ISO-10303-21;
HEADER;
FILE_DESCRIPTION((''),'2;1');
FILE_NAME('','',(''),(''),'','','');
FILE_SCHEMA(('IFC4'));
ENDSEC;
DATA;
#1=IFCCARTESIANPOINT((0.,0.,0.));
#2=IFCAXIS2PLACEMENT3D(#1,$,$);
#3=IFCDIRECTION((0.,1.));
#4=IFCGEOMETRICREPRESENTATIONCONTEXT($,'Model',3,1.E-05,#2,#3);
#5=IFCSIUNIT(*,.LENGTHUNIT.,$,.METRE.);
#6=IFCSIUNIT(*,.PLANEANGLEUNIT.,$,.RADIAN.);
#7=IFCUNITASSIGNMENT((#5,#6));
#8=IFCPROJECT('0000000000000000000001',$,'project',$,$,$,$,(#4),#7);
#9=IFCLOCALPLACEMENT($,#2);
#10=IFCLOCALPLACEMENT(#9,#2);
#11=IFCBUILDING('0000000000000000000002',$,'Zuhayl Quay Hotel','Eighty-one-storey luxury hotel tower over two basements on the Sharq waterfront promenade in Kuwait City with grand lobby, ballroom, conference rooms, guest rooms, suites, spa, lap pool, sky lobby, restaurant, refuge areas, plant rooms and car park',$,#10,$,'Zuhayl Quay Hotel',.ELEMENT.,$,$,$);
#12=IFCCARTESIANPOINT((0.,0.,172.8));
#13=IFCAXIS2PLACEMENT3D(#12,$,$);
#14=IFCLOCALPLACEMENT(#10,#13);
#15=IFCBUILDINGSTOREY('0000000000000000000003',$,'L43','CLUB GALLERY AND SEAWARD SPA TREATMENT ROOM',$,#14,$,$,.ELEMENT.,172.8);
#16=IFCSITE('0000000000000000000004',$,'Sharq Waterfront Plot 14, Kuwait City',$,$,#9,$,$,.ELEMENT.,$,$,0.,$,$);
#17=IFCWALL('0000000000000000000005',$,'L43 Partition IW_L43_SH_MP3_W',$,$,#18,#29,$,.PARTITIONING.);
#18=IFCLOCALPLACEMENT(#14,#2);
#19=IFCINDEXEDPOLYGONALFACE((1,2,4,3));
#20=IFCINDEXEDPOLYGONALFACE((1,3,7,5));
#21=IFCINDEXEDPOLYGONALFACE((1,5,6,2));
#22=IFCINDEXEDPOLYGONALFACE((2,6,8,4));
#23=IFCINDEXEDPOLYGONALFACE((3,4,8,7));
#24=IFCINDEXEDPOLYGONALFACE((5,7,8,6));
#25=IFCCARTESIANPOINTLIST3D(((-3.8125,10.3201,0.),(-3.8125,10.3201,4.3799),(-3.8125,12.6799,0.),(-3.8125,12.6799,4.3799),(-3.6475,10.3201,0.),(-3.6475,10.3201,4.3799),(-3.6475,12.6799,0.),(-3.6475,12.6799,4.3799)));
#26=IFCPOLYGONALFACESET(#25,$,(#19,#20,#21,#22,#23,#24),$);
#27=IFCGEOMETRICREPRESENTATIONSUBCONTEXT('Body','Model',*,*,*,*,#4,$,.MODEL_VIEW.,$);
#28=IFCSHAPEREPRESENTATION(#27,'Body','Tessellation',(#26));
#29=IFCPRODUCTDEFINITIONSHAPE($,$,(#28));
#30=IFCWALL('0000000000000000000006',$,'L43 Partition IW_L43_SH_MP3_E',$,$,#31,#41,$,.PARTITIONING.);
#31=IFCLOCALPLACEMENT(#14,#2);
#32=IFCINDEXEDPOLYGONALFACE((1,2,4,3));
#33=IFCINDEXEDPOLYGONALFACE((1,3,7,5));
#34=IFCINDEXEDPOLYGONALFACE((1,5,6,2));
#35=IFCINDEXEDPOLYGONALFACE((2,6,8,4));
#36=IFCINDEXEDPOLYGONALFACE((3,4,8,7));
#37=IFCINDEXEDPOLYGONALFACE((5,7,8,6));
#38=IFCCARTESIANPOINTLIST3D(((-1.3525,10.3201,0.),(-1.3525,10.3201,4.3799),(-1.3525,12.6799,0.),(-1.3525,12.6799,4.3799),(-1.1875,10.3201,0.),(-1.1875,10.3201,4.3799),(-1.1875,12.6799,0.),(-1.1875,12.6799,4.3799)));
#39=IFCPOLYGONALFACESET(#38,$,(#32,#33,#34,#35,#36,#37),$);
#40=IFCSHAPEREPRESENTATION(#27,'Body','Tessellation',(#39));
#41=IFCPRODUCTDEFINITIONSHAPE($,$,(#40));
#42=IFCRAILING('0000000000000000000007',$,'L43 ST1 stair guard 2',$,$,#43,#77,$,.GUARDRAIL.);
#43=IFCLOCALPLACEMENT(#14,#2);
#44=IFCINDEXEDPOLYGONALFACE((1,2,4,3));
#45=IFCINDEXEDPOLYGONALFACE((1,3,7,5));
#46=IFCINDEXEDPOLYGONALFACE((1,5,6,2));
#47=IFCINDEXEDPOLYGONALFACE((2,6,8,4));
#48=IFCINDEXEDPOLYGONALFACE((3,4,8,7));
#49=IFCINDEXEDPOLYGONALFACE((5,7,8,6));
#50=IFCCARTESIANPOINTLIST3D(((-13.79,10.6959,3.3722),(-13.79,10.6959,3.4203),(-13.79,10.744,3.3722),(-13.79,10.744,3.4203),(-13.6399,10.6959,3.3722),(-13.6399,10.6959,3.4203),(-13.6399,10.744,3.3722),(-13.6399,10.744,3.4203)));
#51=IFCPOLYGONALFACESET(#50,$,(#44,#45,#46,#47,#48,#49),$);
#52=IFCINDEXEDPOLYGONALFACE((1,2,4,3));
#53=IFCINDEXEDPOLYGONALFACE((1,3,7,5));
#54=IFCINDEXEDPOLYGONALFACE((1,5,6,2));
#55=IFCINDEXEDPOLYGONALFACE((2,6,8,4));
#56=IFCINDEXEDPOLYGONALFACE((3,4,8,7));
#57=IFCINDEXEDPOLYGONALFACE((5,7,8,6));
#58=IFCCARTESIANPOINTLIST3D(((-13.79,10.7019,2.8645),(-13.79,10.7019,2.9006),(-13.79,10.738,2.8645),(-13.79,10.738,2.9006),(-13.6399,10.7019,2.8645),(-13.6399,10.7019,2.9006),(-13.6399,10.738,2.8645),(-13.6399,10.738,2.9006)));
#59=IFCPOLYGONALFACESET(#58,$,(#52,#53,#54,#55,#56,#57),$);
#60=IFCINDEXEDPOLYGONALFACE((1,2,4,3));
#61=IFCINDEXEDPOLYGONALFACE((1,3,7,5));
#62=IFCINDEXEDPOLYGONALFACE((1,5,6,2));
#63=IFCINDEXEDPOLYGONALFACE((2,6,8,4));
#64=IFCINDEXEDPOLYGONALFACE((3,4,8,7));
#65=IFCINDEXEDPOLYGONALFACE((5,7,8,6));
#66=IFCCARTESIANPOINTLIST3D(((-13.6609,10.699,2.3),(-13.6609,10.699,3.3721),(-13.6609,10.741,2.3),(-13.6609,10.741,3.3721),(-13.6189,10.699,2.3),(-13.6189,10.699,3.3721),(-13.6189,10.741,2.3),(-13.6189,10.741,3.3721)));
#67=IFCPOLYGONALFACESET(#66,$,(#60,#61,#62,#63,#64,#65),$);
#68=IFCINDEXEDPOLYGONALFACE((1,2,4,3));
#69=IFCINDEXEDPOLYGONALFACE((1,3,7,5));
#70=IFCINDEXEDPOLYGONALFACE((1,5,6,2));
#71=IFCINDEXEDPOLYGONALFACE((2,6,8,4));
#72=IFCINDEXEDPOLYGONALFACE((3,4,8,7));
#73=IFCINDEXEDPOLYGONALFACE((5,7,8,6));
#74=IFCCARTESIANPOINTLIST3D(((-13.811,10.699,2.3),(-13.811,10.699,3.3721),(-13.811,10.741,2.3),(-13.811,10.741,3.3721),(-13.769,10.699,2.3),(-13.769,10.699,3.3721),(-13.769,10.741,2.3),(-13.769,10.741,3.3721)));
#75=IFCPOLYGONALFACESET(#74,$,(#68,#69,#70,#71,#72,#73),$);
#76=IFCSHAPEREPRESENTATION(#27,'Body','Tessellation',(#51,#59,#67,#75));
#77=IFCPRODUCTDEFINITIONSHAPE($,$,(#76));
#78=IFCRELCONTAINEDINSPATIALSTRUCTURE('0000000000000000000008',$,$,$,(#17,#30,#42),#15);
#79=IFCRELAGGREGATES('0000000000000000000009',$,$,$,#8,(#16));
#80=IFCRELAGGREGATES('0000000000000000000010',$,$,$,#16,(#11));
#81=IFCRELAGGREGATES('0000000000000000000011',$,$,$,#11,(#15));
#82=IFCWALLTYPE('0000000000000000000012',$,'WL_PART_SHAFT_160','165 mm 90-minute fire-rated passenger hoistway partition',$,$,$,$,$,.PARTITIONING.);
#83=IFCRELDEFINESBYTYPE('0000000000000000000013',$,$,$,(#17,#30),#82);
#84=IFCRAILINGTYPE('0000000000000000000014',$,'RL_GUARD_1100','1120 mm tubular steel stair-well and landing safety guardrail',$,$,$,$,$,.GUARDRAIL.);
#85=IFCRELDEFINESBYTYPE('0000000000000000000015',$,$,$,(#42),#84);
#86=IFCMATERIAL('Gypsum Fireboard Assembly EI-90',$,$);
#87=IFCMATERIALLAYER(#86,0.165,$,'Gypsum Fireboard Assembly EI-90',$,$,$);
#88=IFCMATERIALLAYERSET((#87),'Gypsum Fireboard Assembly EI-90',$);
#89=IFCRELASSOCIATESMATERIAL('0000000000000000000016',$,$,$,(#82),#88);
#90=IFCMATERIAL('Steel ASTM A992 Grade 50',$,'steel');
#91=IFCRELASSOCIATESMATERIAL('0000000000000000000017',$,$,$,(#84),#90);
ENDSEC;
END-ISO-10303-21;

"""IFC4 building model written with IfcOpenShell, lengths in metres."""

from ifc_helpers import new_model, si_unit, direction, frame, frame_2d, origin, origin_2d, place, context, subcontext, project, spatial, rectangle, extrude, material, layer, layer_set, type_object, element, save


model = new_model("IFC4")

# Units and contexts
model_context = context("Model", 3, precision=1e-05, world=origin(), true_north=direction((0.0, 1.0)))
body_context = subcontext(model_context, "Body", "Model", "MODEL_VIEW")
ifc_project = project(units=[si_unit("LENGTHUNIT", "METRE"), si_unit("PLANEANGLEUNIT", "RADIAN")], contexts=[model_context])

# Site, building, storey
site_placement = place(None, origin())
site = spatial("IfcSite", under=ifc_project, at=site_placement, Name="Sharq Waterfront Plot 14, Kuwait City", CompositionType="ELEMENT", RefElevation=0.0)
building_placement = place(site_placement, origin())
building = spatial("IfcBuilding", under=site, at=building_placement, Name="Zuhayl Quay Hotel", Description="Eighty-one-storey luxury hotel tower over two basements on the Sharq waterfront promenade in Kuwait City with grand lobby, ballroom, conference rooms, guest rooms, suites, spa, lap pool, sky lobby, restaurant, refuge areas, plant rooms and car park", LongName="Zuhayl Quay Hotel", CompositionType="ELEMENT")
storey_placement = place(building_placement, frame((0.0, 0.0, 172.8)))
storey = spatial("IfcBuildingStorey", under=building, at=storey_placement, Name="L43", Description="CLUB GALLERY AND SEAWARD SPA TREATMENT ROOM", CompositionType="ELEMENT", Elevation=172.8)

# Shared definitions
ifc_material_1 = material(Name="Steel ASTM A992 Grade 50", Category="steel")

# Shared definitions
ifc_material_2 = material(Name="Gypsum Fireboard Assembly EI-90")
ifc_layer_1 = layer(ifc_material_2, 0.165, Name="Gypsum Fireboard Assembly EI-90")
ifc_layer_set_1 = layer_set([ifc_layer_1], Name="Gypsum Fireboard Assembly EI-90")
wall_type_1 = type_object("IfcWallType", Name="WL_PART_SHAFT_160", Description="165 mm 90-minute fire-rated passenger hoistway partition", PredefinedType="PARTITIONING", material=ifc_layer_set_1)

# Walls
for number, where, z_axis, x_axis, name in (
    (1, (-3.73, 10.3201, 0.0), (0.0, 0.0, 1.0), (0.0, 1.0, 0.0), "L43 Partition IW_L43_SH_MP3_W"),
    (2, (-1.27, 10.3201, 0.0), (0.0, 0.0, 1.0), (0.0, 1.0, 0.0), "L43 Partition IW_L43_SH_MP3_E"),
):
    element("IfcWall", number, at=place(storey_placement, frame(where, z_axis=z_axis, x_axis=x_axis)), inside=storey, type_object=wall_type_1, Name=name, PredefinedType="PARTITIONING", context=body_context, shape_type="SweptSolid", body=[
        extrude(rectangle(XDim=2.3599, YDim=0.165, at=frame_2d((1.1799, 0.0))), origin(), (0.0, 0.0, 1.0), 4.3799),
    ])

# Railing
railing_type = type_object("IfcRailingType", Name="RL_GUARD_1100", Description="1120 mm tubular steel stair-well and landing safety guardrail", PredefinedType="GUARDRAIL", material=ifc_material_1)
railing_placement = place(storey_placement, frame((-13.6399, 10.72, 2.3)))
element("IfcRailing", 3, at=railing_placement, inside=storey, type_object=railing_type, Name="L43 ST1 stair guard 2", PredefinedType="GUARDRAIL", context=body_context, shape_type="SweptSolid", body=[
    extrude(rectangle(XDim=0.0481, YDim=0.0481, at=origin_2d()), frame((0.0, 0.0, 1.0962), z_axis=(-1.0, 0.0, 0.0), x_axis=(0.0, -1.0, 0.0)), (0.0, 0.0, 1.0), 0.1501),
    extrude(rectangle(XDim=0.0361, YDim=0.0361, at=origin_2d()), frame((0.0, 0.0, 0.5825), z_axis=(-1.0, 0.0, 0.0), x_axis=(0.0, -1.0, 0.0)), (0.0, 0.0, 1.0), 0.1501),
    extrude(rectangle(XDim=0.042, YDim=0.042, at=origin_2d()), origin(), (0.0, 0.0, 1.0), 1.072),
    extrude(rectangle(XDim=0.042, YDim=0.042, at=origin_2d()), frame((-0.1501, 0.0, 0.0)), (0.0, 0.0, 1.0), 1.072),
])

save(model, "model.ifc")
